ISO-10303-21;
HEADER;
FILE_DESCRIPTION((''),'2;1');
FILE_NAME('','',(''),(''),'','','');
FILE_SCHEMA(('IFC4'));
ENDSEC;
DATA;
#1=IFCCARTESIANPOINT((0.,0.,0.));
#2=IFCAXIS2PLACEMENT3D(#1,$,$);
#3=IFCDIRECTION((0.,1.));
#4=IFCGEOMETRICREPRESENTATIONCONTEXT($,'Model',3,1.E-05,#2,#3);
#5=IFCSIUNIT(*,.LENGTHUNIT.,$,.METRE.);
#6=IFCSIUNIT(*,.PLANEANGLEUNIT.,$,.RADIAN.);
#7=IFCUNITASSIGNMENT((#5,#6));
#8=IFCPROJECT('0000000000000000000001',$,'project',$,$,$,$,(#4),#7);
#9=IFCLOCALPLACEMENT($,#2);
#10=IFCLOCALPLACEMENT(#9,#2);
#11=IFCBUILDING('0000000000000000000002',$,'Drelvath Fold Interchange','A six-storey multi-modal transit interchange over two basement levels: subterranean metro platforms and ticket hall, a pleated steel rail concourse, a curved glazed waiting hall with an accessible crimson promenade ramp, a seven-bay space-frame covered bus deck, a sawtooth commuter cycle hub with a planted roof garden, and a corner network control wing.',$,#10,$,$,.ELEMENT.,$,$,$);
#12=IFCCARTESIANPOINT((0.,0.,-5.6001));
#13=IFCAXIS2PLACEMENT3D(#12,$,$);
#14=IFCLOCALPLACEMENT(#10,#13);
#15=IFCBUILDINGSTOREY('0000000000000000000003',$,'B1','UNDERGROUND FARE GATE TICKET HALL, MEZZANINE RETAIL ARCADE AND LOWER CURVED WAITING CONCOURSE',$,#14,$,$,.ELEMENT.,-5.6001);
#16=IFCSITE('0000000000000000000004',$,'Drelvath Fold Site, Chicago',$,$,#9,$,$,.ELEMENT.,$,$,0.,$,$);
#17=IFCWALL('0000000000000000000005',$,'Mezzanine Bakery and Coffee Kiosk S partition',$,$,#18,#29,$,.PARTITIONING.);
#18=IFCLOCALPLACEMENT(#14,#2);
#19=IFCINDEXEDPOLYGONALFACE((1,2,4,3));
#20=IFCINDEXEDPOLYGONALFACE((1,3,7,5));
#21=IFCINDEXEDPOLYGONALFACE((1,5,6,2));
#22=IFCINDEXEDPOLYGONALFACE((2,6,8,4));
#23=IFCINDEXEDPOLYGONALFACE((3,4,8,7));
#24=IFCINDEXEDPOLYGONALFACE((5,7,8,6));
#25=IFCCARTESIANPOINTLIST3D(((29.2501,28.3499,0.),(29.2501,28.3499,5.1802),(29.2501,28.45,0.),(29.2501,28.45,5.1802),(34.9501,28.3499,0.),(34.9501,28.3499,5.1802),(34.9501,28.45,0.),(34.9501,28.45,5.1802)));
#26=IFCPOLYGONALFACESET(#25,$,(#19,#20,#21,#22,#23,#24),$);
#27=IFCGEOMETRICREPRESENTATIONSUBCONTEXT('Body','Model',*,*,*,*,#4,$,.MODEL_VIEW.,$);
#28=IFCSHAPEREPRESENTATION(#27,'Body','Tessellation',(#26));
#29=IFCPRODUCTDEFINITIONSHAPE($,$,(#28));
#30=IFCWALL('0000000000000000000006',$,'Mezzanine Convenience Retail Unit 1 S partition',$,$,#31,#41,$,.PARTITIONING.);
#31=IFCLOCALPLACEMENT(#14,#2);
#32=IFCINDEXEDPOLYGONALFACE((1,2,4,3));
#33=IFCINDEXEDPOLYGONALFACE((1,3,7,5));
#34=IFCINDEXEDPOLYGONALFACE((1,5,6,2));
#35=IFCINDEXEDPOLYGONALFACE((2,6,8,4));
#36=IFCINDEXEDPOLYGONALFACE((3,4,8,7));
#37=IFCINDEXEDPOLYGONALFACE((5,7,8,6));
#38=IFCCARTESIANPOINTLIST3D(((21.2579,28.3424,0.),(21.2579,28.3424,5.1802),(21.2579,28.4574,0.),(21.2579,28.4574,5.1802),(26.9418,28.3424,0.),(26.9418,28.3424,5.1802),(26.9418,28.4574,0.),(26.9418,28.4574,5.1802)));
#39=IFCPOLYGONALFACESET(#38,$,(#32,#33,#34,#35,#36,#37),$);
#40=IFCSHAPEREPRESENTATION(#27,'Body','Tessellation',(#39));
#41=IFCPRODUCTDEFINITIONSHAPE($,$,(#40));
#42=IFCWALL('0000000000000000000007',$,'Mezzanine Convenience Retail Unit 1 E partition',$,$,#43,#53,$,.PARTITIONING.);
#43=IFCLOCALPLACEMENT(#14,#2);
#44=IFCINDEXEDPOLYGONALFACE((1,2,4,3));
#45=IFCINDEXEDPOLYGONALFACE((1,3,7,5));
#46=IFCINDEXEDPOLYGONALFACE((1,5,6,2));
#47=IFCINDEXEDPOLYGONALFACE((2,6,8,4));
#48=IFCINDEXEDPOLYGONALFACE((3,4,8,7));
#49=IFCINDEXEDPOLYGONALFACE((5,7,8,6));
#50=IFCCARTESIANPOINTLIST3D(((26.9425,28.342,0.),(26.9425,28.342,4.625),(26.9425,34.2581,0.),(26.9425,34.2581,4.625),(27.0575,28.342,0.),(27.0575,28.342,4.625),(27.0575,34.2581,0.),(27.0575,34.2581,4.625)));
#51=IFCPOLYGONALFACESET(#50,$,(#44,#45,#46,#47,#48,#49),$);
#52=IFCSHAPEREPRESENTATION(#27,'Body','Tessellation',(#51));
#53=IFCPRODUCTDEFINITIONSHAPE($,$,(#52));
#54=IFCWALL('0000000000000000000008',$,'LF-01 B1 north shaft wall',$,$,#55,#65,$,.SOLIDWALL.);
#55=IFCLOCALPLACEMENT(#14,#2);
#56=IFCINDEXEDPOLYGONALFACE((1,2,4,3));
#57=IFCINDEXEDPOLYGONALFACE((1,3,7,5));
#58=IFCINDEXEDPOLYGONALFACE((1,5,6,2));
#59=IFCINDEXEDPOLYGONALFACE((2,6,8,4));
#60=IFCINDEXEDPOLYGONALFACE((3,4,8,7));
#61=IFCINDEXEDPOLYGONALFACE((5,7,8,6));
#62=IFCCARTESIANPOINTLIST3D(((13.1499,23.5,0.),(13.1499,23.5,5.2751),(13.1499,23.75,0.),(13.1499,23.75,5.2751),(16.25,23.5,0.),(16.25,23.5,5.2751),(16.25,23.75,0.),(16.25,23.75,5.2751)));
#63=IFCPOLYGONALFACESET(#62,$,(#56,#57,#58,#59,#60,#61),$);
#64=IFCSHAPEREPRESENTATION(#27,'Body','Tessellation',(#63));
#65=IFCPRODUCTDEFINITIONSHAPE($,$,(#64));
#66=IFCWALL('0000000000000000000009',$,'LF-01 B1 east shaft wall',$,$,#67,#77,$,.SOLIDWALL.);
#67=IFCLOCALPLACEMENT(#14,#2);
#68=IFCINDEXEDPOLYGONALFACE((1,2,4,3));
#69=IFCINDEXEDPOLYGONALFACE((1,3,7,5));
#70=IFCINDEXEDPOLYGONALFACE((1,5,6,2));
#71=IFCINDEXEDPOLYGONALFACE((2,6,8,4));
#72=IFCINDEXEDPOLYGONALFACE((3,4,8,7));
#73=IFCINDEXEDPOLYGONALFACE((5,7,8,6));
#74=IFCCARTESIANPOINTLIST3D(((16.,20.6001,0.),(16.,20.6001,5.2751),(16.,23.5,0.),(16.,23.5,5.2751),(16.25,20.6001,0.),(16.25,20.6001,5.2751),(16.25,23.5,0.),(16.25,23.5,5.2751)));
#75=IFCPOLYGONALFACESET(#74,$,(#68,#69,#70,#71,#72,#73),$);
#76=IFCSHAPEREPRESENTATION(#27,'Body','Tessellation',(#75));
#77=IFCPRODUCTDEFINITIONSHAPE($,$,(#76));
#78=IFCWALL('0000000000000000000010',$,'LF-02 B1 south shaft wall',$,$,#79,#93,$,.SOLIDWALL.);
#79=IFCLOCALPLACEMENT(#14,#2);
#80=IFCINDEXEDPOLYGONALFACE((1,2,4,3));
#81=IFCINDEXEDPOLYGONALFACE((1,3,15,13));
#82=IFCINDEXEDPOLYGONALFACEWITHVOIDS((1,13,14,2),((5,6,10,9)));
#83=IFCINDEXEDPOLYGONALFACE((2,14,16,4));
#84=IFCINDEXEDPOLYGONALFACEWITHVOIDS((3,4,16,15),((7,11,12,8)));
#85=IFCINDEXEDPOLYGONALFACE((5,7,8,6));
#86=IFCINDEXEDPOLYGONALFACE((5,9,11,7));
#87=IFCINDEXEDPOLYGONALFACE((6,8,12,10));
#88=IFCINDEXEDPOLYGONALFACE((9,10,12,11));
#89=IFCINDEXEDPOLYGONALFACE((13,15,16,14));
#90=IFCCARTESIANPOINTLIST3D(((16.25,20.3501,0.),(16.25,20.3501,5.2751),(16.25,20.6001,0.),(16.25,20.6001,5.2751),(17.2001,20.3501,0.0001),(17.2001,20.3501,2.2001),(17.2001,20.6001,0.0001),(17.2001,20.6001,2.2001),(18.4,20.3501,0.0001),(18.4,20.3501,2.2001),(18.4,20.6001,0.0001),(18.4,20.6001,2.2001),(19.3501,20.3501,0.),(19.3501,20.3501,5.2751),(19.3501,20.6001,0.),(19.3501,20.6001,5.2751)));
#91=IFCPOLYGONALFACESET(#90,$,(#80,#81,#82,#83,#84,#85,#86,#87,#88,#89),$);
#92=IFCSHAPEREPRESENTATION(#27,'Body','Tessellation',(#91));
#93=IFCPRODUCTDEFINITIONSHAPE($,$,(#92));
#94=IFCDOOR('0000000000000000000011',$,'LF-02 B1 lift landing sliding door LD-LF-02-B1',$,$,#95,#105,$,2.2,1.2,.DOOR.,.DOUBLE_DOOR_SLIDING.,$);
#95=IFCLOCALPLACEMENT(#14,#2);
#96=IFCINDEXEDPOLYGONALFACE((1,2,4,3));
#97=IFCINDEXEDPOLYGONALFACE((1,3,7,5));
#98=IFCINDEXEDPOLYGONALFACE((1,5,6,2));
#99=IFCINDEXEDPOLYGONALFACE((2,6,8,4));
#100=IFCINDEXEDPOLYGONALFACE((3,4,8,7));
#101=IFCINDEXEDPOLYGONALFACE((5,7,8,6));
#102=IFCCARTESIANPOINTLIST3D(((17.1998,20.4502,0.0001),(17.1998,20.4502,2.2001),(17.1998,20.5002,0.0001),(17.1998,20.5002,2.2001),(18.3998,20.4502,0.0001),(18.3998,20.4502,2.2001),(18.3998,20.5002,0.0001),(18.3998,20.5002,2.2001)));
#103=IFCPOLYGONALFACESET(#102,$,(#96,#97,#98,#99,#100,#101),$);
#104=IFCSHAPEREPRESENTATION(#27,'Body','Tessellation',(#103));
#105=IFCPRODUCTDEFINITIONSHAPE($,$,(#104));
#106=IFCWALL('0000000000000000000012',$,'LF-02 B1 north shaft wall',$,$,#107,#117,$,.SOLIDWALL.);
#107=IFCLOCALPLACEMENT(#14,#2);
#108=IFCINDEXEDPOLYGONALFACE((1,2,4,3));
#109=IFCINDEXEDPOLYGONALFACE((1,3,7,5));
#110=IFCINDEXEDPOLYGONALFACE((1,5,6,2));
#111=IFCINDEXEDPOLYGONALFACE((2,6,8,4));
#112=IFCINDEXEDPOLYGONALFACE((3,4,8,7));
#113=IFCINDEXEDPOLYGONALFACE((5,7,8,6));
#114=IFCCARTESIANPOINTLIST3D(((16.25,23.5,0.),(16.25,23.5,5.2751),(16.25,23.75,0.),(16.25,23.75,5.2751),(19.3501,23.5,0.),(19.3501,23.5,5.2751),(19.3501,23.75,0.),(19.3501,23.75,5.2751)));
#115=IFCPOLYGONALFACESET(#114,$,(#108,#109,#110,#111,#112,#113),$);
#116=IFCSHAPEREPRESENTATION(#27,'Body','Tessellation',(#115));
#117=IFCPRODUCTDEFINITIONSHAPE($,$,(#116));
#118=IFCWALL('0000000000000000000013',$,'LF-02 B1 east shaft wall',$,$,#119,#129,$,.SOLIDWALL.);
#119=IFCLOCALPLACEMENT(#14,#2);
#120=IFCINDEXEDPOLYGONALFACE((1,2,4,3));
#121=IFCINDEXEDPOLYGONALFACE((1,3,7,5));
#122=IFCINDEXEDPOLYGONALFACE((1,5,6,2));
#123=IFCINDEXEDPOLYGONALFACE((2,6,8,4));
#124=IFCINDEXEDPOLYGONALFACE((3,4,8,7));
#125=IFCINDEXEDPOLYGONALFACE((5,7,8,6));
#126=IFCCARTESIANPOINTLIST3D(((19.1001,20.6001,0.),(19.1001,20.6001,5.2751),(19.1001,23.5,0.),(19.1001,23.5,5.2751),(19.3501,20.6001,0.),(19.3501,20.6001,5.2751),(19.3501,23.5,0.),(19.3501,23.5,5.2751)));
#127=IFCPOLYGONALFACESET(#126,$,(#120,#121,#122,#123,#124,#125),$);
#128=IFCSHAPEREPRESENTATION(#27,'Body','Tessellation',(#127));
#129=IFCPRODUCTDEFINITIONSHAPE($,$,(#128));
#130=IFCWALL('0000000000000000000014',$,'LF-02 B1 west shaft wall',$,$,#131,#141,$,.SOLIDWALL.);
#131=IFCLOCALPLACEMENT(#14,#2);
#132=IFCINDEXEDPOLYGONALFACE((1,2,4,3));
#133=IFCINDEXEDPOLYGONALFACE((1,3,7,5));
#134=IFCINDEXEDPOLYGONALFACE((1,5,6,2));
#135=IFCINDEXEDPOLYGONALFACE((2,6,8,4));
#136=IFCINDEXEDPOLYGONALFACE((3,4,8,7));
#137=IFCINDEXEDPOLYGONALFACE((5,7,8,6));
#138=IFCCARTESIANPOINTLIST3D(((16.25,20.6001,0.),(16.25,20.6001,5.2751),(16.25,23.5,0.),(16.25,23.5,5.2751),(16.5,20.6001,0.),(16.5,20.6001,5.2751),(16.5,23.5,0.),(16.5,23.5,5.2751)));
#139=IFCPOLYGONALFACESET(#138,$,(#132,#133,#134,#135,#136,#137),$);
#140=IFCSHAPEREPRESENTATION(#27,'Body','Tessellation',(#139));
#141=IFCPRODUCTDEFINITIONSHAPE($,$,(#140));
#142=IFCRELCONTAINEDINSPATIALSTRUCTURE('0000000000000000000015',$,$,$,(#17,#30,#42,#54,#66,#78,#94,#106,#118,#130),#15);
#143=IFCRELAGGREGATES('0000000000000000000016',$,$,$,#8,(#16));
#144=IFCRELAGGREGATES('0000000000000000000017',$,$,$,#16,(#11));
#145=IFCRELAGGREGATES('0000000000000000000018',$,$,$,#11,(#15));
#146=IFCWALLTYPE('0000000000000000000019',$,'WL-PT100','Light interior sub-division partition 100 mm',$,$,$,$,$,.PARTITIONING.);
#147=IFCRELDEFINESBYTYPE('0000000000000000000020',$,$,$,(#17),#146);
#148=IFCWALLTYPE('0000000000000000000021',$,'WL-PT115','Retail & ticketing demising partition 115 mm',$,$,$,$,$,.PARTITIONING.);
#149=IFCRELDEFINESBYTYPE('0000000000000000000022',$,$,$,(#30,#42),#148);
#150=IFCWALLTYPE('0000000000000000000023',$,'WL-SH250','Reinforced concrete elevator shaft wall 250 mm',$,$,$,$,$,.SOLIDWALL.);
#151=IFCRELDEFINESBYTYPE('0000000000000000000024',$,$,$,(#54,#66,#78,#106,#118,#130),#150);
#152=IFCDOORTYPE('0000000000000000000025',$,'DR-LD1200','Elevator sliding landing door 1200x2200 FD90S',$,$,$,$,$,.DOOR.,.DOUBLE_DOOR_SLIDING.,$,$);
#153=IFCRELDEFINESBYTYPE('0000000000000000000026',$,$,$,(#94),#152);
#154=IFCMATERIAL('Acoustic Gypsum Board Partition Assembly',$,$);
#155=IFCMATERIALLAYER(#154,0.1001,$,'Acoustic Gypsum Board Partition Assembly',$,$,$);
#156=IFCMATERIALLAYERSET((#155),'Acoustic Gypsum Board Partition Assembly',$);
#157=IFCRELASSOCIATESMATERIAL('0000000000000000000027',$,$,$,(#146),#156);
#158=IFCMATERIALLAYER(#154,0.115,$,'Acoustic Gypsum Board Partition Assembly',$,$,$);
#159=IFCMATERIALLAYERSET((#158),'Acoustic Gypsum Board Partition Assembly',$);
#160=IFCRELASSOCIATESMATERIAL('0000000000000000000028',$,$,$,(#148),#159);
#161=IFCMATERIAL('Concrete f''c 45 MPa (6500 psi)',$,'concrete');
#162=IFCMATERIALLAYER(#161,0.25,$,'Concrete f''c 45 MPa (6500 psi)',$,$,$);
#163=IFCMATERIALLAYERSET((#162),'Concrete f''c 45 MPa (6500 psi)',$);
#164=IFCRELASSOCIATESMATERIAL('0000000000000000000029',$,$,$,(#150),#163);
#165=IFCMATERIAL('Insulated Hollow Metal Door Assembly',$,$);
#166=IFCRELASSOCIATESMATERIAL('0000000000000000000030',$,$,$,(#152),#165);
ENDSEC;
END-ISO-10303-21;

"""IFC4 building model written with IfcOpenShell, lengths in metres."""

from ifc_helpers import new_model, si_unit, direction, frame, frame_2d, origin, place, context, subcontext, project, spatial, rectangle, extrude, material, layer, layer_set, type_object, element, fill, save


model = new_model("IFC4")

# Units and contexts
model_context = context("Model", 3, precision=1e-05, world=origin(), true_north=direction((0.0, 1.0)))
body_context = subcontext(model_context, "Body", "Model", "MODEL_VIEW")
ifc_project = project(units=[si_unit("LENGTHUNIT", "METRE"), si_unit("PLANEANGLEUNIT", "RADIAN")], contexts=[model_context])

# Site, building, storey
site_placement = place(None, origin())
site = spatial("IfcSite", under=ifc_project, at=site_placement, Name="Drelvath Fold Site, Chicago", CompositionType="ELEMENT", RefElevation=0.0)
building_placement = place(site_placement, origin())
building = spatial("IfcBuilding", under=site, at=building_placement, Name="Drelvath Fold Interchange", Description="A six-storey multi-modal transit interchange over two basement levels: subterranean metro platforms and ticket hall, a pleated steel rail concourse, a curved glazed waiting hall with an accessible crimson promenade ramp, a seven-bay space-frame covered bus deck, a sawtooth commuter cycle hub with a planted roof garden, and a corner network control wing.", CompositionType="ELEMENT")
storey_placement = place(building_placement, frame((0.0, 0.0, -5.6001)))
storey = spatial("IfcBuildingStorey", under=building, at=storey_placement, Name="B1", Description="UNDERGROUND FARE GATE TICKET HALL, MEZZANINE RETAIL ARCADE AND LOWER CURVED WAITING CONCOURSE", CompositionType="ELEMENT", Elevation=-5.6001)

# Shared definitions
ifc_material_1 = material(Name="Concrete f'c 45 MPa (6500 psi)", Category="concrete")

# Walls
ifc_material_2 = material(Name="Acoustic Gypsum Board Partition Assembly")
ifc_layer_1 = layer(ifc_material_2, 0.1001, Name="Acoustic Gypsum Board Partition Assembly")
ifc_layer_set_1 = layer_set([ifc_layer_1], Name="Acoustic Gypsum Board Partition Assembly")
wall_type_1 = type_object("IfcWallType", Name="WL-PT100", Description="Light interior sub-division partition 100 mm", PredefinedType="PARTITIONING", material=ifc_layer_set_1)
wall_1_placement = place(storey_placement, frame((29.25, 28.3999, 0.0), z_axis=(0.0, 0.0, 1.0), x_axis=(1.0, 0.0, 0.0)))
element("IfcWall", 1, at=wall_1_placement, inside=storey, type_object=wall_type_1, Name="Mezzanine Bakery and Coffee Kiosk S partition", PredefinedType="PARTITIONING", context=body_context, shape_type="SweptSolid", body=[
    extrude(rectangle(XDim=5.7, YDim=0.1001, at=frame_2d((2.8501, 0.0))), origin(), (0.0, 0.0, 1.0), 5.1802),
])
ifc_layer_2 = layer(ifc_material_2, 0.115, Name="Acoustic Gypsum Board Partition Assembly")
ifc_layer_set_2 = layer_set([ifc_layer_2], Name="Acoustic Gypsum Board Partition Assembly")
wall_type_2 = type_object("IfcWallType", Name="WL-PT115", Description="Retail & ticketing demising partition 115 mm", PredefinedType="PARTITIONING", material=ifc_layer_set_2)
wall_2_placement = place(storey_placement, frame((21.2581, 28.3999, 0.0), z_axis=(0.0, 0.0, 1.0), x_axis=(1.0, 0.0, 0.0)))
element("IfcWall", 2, at=wall_2_placement, inside=storey, type_object=wall_type_2, Name="Mezzanine Convenience Retail Unit 1 S partition", PredefinedType="PARTITIONING", context=body_context, shape_type="SweptSolid", body=[
    extrude(rectangle(XDim=5.6838, YDim=0.115, at=frame_2d((2.8418, 0.0))), origin(), (0.0, 0.0, 1.0), 5.1802),
])
wall_3_placement = place(storey_placement, frame((27.0, 28.342, 0.0), z_axis=(0.0, 0.0, 1.0), x_axis=(0.0, 1.0, 0.0)))
element("IfcWall", 3, at=wall_3_placement, inside=storey, type_object=wall_type_2, Name="Mezzanine Convenience Retail Unit 1 E partition", PredefinedType="PARTITIONING", context=body_context, shape_type="SweptSolid", body=[
    extrude(rectangle(XDim=5.916, YDim=0.115, at=frame_2d((2.958, 0.0))), origin(), (0.0, 0.0, 1.0), 4.625),
])
ifc_layer_3 = layer(ifc_material_1, 0.25, Name="Concrete f'c 45 MPa (6500 psi)")
ifc_layer_set_3 = layer_set([ifc_layer_3], Name="Concrete f'c 45 MPa (6500 psi)")
wall_type_3 = type_object("IfcWallType", Name="WL-SH250", Description="Reinforced concrete elevator shaft wall 250 mm", PredefinedType="SOLIDWALL", material=ifc_layer_set_3)
wall_4_placement = place(storey_placement, frame((16.25, 23.625, 0.0), z_axis=(0.0, 0.0, 1.0), x_axis=(-1.0, 0.0, 0.0)))
element("IfcWall", 4, at=wall_4_placement, inside=storey, type_object=wall_type_3, Name="LF-01 B1 north shaft wall", PredefinedType="SOLIDWALL", context=body_context, shape_type="SweptSolid", body=[
    extrude(rectangle(XDim=3.1001, YDim=0.25, at=frame_2d((1.55, 0.0))), origin(), (0.0, 0.0, 1.0), 5.2751),
])
wall_5_placement = place(storey_placement, frame((16.125, 20.6001, 0.0), z_axis=(0.0, 0.0, 1.0), x_axis=(0.0, 1.0, 0.0)))
element("IfcWall", 5, at=wall_5_placement, inside=storey, type_object=wall_type_3, Name="LF-01 B1 east shaft wall", PredefinedType="SOLIDWALL", context=body_context, shape_type="SweptSolid", body=[
    extrude(rectangle(XDim=2.8999, YDim=0.25, at=frame_2d((1.45, 0.0))), origin(), (0.0, 0.0, 1.0), 5.2751),
])

# Wall, opening, door
wall_6_placement = place(storey_placement, frame((16.25, 20.4751, 0.0), z_axis=(0.0, 0.0, 1.0), x_axis=(1.0, 0.0, 0.0)))
wall_6 = element("IfcWall", 6, at=wall_6_placement, inside=storey, type_object=wall_type_3, Name="LF-02 B1 south shaft wall", PredefinedType="SOLIDWALL", context=body_context, shape_type="SweptSolid", body=[
    extrude(rectangle(XDim=3.1001, YDim=0.25, at=frame_2d((1.55, 0.0))), origin(), (0.0, 0.0, 1.0), 5.2751),
])
opening_placement = place(wall_6_placement, frame((0.95, 0.0, 0.0)))
opening = element("IfcOpeningElement", 7, at=opening_placement, cuts=wall_6, PredefinedType="OPENING", context=body_context, shape_type="SweptSolid", body=[
    extrude(rectangle(XDim=1.2, YDim=2.2, at=frame_2d((0.6001, 1.1001))), frame((0.0, 0.135, 0.0), z_axis=(0.0, -1.0, 0.0), x_axis=(1.0, 0.0, 0.0)), (0.0, 0.0, 1.0), 0.27),
])
ifc_material_3 = material(Name="Insulated Hollow Metal Door Assembly")
door_type = type_object("IfcDoorType", Name="DR-LD1200", Description="Elevator sliding landing door 1200x2200 FD90S", OperationType="DOUBLE_DOOR_SLIDING", PredefinedType="DOOR", material=ifc_material_3)
door_placement = place(opening_placement, frame((1.2, 0.0, 0.0), z_axis=(0.0, 0.0, 1.0), x_axis=(-1.0, 0.0, 0.0)))
door = element("IfcDoor", 8, at=door_placement, inside=storey, type_object=door_type, Name="LF-02 B1 lift landing sliding door LD-LF-02-B1", OperationType="DOUBLE_DOOR_SLIDING", OverallHeight=2.2, OverallWidth=1.2, PredefinedType="DOOR", context=body_context, shape_type="SweptSolid", body=[
    extrude(rectangle(XDim=1.2, YDim=2.2, at=frame_2d((0.6001, 1.1001))), frame((0.0, 0.0249, 0.0), z_axis=(0.0, -1.0, 0.0), x_axis=(1.0, 0.0, 0.0)), (0.0, 0.0, 1.0), 0.05),
])
fill(opening, door)

# Walls
wall_7_placement = place(storey_placement, frame((19.3501, 23.625, 0.0), z_axis=(0.0, 0.0, 1.0), x_axis=(-1.0, 0.0, 0.0)))
element("IfcWall", 9, at=wall_7_placement, inside=storey, type_object=wall_type_3, Name="LF-02 B1 north shaft wall", PredefinedType="SOLIDWALL", context=body_context, shape_type="SweptSolid", body=[
    extrude(rectangle(XDim=3.1001, YDim=0.25, at=frame_2d((1.55, 0.0))), origin(), (0.0, 0.0, 1.0), 5.2751),
])
for number, where, z_axis, x_axis, name in (
    (10, (19.2251, 20.6001, 0.0), (0.0, 0.0, 1.0), (0.0, 1.0, 0.0), "LF-02 B1 east shaft wall"),
    (11, (16.375, 23.5, 0.0), (0.0, 0.0, 1.0), (0.0, -1.0, 0.0), "LF-02 B1 west shaft wall"),
):
    element("IfcWall", number, at=place(storey_placement, frame(where, z_axis=z_axis, x_axis=x_axis)), inside=storey, type_object=wall_type_3, Name=name, PredefinedType="SOLIDWALL", context=body_context, shape_type="SweptSolid", body=[
        extrude(rectangle(XDim=2.8999, YDim=0.25, at=frame_2d((1.45, 0.0))), origin(), (0.0, 0.0, 1.0), 5.2751),
    ])

save(model, "model.ifc")
